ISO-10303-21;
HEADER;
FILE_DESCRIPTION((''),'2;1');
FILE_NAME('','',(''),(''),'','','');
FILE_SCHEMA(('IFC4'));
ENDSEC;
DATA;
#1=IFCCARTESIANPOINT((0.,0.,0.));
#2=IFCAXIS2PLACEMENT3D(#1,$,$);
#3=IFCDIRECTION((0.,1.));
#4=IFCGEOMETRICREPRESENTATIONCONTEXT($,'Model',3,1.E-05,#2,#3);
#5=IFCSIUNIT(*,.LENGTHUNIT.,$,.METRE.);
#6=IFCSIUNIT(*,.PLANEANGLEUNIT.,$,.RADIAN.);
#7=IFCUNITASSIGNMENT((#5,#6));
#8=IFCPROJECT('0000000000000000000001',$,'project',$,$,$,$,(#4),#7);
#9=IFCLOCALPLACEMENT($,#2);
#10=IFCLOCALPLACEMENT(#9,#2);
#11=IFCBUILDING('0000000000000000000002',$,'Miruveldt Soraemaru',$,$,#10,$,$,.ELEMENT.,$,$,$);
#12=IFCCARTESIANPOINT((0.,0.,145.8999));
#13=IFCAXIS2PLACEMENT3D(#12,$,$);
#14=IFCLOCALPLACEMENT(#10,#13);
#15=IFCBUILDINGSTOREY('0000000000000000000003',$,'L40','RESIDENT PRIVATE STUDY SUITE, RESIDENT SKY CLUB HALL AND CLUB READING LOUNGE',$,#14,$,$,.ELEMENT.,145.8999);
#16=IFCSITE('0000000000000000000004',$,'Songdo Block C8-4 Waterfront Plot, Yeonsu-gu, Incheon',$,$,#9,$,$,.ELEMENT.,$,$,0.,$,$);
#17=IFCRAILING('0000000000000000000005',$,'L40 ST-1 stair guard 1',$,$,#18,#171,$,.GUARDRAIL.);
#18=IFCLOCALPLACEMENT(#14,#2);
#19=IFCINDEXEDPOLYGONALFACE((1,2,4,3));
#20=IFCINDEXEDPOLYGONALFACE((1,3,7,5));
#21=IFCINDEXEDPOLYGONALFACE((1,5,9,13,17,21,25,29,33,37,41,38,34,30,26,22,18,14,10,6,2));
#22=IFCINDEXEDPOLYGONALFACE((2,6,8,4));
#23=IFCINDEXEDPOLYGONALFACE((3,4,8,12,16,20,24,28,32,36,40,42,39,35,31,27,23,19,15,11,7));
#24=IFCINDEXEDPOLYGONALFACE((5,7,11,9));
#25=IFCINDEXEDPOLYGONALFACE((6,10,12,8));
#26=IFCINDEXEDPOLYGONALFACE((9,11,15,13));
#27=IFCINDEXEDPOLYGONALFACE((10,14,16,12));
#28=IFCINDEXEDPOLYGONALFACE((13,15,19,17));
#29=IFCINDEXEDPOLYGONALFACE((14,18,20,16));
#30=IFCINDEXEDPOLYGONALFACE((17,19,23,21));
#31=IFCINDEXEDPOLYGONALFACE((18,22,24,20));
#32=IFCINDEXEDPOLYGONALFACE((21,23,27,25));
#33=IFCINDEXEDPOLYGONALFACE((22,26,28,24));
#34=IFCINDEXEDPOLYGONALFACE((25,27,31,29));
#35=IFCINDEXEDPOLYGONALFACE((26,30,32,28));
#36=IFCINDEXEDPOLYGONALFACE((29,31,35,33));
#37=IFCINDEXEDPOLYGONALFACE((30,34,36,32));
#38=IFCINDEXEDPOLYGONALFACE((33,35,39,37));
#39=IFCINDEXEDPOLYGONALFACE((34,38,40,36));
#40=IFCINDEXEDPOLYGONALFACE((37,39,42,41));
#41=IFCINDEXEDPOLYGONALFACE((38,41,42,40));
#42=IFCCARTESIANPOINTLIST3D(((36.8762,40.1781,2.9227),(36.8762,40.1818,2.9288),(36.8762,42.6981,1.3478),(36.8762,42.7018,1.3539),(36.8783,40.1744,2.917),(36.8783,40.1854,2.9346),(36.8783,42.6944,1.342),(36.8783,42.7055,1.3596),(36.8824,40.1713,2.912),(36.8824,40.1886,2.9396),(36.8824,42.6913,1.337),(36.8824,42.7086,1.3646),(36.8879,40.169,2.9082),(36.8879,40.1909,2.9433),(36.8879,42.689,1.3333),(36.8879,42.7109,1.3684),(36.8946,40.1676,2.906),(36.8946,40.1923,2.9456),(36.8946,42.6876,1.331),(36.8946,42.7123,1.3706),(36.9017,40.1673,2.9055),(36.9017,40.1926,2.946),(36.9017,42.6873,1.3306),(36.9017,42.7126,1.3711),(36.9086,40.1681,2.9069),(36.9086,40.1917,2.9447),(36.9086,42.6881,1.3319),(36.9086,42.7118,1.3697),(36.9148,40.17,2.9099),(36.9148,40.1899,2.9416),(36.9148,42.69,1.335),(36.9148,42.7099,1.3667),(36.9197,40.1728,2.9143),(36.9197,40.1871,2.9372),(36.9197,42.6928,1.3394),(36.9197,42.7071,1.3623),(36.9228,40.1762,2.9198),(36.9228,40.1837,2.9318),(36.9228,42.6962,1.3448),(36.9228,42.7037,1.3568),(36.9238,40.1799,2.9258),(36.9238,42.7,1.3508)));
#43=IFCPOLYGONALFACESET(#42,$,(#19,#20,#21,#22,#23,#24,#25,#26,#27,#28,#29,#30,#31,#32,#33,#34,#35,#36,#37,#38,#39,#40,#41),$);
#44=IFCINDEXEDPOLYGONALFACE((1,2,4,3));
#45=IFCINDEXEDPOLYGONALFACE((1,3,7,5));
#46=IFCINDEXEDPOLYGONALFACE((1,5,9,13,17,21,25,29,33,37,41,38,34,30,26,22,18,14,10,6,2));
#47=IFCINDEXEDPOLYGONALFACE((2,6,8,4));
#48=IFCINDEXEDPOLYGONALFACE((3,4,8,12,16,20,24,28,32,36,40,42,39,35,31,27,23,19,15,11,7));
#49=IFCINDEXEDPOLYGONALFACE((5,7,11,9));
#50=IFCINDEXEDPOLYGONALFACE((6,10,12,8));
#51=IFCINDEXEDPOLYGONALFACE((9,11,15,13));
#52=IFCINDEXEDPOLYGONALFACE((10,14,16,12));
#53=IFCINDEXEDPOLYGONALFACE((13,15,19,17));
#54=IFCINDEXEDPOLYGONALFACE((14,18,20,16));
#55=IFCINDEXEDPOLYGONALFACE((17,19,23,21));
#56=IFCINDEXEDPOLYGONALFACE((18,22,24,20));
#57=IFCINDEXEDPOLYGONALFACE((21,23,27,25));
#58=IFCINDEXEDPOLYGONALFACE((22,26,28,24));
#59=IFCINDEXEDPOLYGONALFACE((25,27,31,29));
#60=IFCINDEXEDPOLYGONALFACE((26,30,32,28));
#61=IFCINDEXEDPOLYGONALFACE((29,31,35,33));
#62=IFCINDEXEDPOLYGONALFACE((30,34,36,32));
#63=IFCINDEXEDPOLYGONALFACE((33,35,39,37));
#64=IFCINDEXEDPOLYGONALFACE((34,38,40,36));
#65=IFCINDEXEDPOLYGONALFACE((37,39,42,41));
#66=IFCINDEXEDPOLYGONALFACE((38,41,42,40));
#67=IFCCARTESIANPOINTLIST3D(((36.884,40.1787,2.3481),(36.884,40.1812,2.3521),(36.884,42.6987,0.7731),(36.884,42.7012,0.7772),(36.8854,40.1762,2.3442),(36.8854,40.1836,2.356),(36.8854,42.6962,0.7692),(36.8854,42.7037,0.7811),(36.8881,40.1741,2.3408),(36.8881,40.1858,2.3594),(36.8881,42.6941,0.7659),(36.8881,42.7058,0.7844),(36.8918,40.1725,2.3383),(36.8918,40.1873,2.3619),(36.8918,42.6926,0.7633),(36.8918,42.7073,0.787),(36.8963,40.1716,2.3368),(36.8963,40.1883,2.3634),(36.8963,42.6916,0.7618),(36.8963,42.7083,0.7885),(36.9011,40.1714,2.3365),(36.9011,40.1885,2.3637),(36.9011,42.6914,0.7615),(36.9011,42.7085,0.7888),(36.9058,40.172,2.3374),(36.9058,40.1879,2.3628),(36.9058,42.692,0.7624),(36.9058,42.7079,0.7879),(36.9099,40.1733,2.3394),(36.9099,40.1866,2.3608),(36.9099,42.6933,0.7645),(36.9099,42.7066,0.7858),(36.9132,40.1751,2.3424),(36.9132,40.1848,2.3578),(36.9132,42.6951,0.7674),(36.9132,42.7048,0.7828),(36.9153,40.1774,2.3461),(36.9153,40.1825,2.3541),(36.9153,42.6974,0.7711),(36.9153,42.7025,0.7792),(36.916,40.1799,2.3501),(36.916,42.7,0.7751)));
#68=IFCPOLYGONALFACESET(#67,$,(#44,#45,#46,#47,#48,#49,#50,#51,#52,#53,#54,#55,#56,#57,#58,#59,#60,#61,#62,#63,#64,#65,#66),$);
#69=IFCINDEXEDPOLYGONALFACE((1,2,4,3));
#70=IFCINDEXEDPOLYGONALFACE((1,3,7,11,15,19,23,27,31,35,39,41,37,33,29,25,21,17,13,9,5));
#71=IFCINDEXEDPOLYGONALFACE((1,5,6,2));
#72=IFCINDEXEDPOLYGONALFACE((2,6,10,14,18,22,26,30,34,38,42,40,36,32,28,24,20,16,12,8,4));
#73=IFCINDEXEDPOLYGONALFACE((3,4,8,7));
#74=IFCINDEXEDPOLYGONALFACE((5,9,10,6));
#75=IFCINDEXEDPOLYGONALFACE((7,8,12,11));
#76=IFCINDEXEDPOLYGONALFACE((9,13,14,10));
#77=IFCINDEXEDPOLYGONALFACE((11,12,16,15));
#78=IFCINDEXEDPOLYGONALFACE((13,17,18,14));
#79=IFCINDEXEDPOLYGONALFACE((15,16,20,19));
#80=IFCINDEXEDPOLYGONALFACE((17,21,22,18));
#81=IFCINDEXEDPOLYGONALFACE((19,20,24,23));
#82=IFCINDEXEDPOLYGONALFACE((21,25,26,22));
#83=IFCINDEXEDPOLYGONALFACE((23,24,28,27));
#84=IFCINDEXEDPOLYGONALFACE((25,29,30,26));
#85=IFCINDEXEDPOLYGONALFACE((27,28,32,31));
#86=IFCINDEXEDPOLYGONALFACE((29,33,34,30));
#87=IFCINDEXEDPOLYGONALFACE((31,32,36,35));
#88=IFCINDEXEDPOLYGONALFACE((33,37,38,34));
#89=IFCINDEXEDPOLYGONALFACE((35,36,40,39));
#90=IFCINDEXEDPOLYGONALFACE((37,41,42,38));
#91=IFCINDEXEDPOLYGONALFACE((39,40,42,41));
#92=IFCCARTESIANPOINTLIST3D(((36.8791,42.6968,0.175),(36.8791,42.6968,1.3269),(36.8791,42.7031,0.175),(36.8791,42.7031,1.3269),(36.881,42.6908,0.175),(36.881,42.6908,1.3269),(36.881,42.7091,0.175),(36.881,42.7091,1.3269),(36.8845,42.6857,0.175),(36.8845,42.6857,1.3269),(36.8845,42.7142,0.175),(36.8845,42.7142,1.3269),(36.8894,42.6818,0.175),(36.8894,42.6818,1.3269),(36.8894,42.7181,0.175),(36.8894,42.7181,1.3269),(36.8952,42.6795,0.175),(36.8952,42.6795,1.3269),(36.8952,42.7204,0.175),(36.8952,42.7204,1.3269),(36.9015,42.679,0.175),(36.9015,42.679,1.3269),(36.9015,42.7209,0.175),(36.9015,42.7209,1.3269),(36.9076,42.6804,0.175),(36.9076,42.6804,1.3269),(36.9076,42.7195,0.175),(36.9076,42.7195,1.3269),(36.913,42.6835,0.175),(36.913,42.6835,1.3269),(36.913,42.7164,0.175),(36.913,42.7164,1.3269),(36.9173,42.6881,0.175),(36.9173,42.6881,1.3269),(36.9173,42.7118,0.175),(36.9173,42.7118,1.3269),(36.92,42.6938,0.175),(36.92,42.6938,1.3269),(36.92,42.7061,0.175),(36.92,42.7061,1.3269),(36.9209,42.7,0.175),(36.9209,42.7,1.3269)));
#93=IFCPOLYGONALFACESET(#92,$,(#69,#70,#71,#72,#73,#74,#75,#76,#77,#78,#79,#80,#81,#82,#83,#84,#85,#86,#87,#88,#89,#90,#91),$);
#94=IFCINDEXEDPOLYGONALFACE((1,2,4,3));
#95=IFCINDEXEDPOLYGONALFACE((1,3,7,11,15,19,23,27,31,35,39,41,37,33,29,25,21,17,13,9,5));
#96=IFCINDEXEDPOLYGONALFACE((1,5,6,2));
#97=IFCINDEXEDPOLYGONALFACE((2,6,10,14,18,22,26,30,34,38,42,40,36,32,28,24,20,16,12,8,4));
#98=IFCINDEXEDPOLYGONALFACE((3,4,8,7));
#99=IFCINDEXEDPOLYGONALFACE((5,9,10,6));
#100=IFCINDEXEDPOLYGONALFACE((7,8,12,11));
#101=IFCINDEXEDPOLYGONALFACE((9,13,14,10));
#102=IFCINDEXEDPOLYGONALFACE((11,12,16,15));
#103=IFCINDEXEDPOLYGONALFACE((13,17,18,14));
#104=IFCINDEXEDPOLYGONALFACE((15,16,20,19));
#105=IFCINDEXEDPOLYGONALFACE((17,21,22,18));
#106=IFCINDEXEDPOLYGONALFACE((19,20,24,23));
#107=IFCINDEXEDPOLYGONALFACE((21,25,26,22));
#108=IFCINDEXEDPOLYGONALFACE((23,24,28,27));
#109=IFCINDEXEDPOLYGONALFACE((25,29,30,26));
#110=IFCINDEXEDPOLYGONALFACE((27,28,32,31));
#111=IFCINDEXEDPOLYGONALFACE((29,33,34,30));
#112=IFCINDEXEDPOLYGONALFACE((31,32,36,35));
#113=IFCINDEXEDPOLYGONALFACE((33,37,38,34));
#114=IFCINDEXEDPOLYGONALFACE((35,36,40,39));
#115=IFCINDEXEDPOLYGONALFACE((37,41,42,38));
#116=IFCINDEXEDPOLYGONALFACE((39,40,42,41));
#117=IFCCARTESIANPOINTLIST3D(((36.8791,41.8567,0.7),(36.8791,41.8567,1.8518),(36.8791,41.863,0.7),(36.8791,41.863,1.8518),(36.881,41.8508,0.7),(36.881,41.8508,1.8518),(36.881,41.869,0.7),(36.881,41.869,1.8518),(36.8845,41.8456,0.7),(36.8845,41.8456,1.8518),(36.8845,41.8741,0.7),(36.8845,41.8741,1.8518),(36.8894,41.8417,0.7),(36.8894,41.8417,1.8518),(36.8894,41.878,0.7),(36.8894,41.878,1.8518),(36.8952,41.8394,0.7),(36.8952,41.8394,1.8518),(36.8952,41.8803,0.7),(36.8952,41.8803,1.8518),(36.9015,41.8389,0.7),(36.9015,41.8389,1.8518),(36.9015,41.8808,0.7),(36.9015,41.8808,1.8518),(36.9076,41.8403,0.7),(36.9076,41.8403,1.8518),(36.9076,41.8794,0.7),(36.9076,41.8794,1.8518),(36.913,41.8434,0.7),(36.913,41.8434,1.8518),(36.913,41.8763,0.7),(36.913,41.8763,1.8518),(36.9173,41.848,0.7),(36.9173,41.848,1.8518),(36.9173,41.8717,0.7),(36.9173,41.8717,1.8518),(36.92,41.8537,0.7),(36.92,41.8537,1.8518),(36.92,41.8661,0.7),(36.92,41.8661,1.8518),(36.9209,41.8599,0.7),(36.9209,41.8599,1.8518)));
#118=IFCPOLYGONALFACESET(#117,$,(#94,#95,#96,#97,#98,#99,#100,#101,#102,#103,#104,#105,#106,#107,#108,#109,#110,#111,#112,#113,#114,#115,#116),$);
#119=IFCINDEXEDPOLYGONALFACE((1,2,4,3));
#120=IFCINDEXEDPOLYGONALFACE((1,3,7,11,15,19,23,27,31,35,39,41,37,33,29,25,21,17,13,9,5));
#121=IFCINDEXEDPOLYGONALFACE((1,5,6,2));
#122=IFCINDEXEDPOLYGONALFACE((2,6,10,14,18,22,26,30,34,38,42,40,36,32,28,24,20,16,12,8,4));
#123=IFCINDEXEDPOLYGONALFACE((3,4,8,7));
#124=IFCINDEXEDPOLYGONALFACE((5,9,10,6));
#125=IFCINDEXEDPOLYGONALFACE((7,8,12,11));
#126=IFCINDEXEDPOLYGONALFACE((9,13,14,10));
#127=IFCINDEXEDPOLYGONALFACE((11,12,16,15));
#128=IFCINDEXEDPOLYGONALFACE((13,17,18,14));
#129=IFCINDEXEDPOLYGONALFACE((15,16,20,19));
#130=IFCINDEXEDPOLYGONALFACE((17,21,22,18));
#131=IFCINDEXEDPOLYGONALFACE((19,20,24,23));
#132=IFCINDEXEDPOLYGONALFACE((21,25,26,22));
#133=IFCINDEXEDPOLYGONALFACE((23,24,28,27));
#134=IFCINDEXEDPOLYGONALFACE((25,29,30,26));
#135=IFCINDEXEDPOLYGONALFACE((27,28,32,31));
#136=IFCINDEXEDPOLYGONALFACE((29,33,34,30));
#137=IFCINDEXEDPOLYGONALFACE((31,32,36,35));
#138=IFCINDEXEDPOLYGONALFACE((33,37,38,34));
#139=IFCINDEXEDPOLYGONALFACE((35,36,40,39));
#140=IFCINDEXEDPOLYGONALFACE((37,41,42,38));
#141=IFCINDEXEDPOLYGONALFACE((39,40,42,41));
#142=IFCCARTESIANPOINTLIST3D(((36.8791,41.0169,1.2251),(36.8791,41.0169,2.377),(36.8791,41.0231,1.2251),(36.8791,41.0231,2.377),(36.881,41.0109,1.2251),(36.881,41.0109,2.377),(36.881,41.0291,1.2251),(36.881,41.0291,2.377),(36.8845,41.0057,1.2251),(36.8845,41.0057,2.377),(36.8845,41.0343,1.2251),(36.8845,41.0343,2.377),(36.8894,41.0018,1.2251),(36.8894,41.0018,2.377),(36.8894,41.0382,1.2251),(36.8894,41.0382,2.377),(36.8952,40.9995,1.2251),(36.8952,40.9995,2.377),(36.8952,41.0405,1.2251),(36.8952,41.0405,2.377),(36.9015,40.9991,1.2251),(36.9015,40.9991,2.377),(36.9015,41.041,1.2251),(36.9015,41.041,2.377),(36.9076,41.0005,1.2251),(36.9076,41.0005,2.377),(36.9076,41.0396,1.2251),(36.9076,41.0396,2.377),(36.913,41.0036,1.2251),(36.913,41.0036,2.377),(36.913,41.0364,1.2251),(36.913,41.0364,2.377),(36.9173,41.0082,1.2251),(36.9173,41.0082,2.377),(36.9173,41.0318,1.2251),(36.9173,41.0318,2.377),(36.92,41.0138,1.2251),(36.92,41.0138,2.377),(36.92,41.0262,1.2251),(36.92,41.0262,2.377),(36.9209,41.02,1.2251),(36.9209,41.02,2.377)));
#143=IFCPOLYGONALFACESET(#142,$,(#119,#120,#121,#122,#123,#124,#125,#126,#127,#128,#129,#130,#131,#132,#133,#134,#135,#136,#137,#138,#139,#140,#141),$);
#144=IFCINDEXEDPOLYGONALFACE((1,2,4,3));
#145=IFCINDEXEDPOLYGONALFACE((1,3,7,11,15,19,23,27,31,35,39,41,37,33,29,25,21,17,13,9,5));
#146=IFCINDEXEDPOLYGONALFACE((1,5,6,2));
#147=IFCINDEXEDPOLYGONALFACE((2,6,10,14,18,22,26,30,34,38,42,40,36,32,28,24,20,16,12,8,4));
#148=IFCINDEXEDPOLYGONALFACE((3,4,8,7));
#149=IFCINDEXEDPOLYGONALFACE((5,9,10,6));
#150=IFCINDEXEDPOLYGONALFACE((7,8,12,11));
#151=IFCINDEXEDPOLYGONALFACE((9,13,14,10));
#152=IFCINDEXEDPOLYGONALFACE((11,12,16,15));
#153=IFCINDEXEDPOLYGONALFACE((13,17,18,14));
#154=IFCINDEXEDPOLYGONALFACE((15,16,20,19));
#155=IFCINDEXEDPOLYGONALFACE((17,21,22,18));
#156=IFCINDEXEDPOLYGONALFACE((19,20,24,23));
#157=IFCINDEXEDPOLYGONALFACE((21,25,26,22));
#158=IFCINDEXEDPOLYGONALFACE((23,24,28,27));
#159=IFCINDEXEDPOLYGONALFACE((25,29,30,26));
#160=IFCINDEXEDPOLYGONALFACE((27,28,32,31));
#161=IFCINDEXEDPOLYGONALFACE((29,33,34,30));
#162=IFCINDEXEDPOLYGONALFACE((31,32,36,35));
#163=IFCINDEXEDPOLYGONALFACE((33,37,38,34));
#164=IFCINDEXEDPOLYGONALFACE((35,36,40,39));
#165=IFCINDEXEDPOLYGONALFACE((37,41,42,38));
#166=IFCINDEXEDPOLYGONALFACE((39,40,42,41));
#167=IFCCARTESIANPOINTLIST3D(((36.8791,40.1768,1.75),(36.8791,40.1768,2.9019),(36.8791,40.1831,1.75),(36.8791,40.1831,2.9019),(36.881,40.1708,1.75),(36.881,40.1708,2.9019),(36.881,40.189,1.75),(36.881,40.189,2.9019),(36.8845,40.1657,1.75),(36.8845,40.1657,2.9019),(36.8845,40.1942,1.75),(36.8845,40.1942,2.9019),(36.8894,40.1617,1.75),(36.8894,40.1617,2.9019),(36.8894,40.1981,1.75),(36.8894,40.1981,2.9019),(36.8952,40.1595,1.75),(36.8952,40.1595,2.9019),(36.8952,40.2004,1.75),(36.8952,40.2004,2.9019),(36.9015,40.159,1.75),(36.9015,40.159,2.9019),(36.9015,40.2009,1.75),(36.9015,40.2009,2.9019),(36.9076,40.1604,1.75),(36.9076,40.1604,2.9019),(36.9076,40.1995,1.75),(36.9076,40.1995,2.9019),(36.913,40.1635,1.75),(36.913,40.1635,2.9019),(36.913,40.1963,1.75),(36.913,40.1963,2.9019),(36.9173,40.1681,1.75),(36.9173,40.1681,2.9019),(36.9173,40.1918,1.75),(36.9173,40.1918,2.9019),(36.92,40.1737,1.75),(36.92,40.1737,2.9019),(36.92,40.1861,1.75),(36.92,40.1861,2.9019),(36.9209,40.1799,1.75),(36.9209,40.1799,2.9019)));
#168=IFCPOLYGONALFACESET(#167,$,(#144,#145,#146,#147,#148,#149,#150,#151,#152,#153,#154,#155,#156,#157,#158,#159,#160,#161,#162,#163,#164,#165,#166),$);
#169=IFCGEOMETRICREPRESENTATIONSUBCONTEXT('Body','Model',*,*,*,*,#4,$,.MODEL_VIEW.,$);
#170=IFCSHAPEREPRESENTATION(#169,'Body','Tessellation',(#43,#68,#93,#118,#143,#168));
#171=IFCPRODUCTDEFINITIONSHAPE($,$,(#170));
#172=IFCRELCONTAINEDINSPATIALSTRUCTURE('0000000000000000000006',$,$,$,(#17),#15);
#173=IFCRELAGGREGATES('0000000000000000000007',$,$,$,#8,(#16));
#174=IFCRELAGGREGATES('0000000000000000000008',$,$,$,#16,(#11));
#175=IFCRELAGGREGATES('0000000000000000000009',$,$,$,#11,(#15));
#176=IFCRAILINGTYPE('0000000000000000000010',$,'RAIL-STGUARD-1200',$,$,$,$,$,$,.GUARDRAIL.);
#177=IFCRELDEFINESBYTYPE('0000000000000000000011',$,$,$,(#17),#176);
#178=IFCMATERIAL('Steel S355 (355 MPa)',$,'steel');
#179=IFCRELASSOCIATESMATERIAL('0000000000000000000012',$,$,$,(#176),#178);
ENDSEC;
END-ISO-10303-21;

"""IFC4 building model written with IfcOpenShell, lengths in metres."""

from ifc_helpers import new_model, si_unit, direction, frame, origin, origin_2d, place, context, subcontext, project, spatial, circle, extrude, material, type_object, element, save


model = new_model("IFC4")

# Units and contexts
model_context = context("Model", 3, precision=1e-05, world=origin(), true_north=direction((0.0, 1.0)))
body_context = subcontext(model_context, "Body", "Model", "MODEL_VIEW")
ifc_project = project(units=[si_unit("LENGTHUNIT", "METRE"), si_unit("PLANEANGLEUNIT", "RADIAN")], contexts=[model_context])

# Site, building, storey
site_placement = place(None, origin())
site = spatial("IfcSite", under=ifc_project, at=site_placement, Name="Songdo Block C8-4 Waterfront Plot, Yeonsu-gu, Incheon", CompositionType="ELEMENT", RefElevation=0.0)
building_placement = place(site_placement, origin())
building = spatial("IfcBuilding", under=site, at=building_placement, Name="Miruveldt Soraemaru", CompositionType="ELEMENT")
storey_placement = place(building_placement, frame((0.0, 0.0, 145.8999)))
storey = spatial("IfcBuildingStorey", under=building, at=storey_placement, Name="L40", Description="RESIDENT PRIVATE STUDY SUITE, RESIDENT SKY CLUB HALL AND CLUB READING LOUNGE", CompositionType="ELEMENT", Elevation=145.8999)

# Railing
ifc_material_1 = material(Name="Steel S355 (355 MPa)", Category="steel")
railing_type_1 = type_object("IfcRailingType", Name="RAIL-STGUARD-1200", PredefinedType="GUARDRAIL", material=ifc_material_1)
railing_1_placement = place(storey_placement, frame((36.8999, 42.7, 0.175)))
element("IfcRailing", 1, at=railing_1_placement, inside=storey, type_object=railing_type_1, Name="L40 ST-1 stair guard 1", PredefinedType="GUARDRAIL", context=body_context, shape_type="SweptSolid", body=[
    extrude(circle(Radius=0.0239, at=origin_2d()), frame((0.0, 0.0, 1.1758), z_axis=(0.0, -0.848008, 0.529984), x_axis=(1.0, 0.0, 0.0)), (0.0, 0.0, 1.0), 2.9717),
    extrude(circle(Radius=0.0161, at=origin_2d()), frame((0.0, 0.0, 0.6001), z_axis=(0.0, -0.848008, 0.529984), x_axis=(1.0, 0.0, 0.0)), (0.0, 0.0, 1.0), 2.9717),
    extrude(circle(Radius=0.021, at=origin_2d()), origin(), (0.0, 0.0, 1.0), 1.1519),
    extrude(circle(Radius=0.021, at=origin_2d()), frame((0.0, -0.8401, 0.5249)), (0.0, 0.0, 1.0), 1.1519),
    extrude(circle(Radius=0.021, at=origin_2d()), frame((0.0, -1.6799, 1.05)), (0.0, 0.0, 1.0), 1.1519),
    extrude(circle(Radius=0.021, at=origin_2d()), frame((0.0, -2.52, 1.575)), (0.0, 0.0, 1.0), 1.1519),
])

save(model, "model.ifc")
